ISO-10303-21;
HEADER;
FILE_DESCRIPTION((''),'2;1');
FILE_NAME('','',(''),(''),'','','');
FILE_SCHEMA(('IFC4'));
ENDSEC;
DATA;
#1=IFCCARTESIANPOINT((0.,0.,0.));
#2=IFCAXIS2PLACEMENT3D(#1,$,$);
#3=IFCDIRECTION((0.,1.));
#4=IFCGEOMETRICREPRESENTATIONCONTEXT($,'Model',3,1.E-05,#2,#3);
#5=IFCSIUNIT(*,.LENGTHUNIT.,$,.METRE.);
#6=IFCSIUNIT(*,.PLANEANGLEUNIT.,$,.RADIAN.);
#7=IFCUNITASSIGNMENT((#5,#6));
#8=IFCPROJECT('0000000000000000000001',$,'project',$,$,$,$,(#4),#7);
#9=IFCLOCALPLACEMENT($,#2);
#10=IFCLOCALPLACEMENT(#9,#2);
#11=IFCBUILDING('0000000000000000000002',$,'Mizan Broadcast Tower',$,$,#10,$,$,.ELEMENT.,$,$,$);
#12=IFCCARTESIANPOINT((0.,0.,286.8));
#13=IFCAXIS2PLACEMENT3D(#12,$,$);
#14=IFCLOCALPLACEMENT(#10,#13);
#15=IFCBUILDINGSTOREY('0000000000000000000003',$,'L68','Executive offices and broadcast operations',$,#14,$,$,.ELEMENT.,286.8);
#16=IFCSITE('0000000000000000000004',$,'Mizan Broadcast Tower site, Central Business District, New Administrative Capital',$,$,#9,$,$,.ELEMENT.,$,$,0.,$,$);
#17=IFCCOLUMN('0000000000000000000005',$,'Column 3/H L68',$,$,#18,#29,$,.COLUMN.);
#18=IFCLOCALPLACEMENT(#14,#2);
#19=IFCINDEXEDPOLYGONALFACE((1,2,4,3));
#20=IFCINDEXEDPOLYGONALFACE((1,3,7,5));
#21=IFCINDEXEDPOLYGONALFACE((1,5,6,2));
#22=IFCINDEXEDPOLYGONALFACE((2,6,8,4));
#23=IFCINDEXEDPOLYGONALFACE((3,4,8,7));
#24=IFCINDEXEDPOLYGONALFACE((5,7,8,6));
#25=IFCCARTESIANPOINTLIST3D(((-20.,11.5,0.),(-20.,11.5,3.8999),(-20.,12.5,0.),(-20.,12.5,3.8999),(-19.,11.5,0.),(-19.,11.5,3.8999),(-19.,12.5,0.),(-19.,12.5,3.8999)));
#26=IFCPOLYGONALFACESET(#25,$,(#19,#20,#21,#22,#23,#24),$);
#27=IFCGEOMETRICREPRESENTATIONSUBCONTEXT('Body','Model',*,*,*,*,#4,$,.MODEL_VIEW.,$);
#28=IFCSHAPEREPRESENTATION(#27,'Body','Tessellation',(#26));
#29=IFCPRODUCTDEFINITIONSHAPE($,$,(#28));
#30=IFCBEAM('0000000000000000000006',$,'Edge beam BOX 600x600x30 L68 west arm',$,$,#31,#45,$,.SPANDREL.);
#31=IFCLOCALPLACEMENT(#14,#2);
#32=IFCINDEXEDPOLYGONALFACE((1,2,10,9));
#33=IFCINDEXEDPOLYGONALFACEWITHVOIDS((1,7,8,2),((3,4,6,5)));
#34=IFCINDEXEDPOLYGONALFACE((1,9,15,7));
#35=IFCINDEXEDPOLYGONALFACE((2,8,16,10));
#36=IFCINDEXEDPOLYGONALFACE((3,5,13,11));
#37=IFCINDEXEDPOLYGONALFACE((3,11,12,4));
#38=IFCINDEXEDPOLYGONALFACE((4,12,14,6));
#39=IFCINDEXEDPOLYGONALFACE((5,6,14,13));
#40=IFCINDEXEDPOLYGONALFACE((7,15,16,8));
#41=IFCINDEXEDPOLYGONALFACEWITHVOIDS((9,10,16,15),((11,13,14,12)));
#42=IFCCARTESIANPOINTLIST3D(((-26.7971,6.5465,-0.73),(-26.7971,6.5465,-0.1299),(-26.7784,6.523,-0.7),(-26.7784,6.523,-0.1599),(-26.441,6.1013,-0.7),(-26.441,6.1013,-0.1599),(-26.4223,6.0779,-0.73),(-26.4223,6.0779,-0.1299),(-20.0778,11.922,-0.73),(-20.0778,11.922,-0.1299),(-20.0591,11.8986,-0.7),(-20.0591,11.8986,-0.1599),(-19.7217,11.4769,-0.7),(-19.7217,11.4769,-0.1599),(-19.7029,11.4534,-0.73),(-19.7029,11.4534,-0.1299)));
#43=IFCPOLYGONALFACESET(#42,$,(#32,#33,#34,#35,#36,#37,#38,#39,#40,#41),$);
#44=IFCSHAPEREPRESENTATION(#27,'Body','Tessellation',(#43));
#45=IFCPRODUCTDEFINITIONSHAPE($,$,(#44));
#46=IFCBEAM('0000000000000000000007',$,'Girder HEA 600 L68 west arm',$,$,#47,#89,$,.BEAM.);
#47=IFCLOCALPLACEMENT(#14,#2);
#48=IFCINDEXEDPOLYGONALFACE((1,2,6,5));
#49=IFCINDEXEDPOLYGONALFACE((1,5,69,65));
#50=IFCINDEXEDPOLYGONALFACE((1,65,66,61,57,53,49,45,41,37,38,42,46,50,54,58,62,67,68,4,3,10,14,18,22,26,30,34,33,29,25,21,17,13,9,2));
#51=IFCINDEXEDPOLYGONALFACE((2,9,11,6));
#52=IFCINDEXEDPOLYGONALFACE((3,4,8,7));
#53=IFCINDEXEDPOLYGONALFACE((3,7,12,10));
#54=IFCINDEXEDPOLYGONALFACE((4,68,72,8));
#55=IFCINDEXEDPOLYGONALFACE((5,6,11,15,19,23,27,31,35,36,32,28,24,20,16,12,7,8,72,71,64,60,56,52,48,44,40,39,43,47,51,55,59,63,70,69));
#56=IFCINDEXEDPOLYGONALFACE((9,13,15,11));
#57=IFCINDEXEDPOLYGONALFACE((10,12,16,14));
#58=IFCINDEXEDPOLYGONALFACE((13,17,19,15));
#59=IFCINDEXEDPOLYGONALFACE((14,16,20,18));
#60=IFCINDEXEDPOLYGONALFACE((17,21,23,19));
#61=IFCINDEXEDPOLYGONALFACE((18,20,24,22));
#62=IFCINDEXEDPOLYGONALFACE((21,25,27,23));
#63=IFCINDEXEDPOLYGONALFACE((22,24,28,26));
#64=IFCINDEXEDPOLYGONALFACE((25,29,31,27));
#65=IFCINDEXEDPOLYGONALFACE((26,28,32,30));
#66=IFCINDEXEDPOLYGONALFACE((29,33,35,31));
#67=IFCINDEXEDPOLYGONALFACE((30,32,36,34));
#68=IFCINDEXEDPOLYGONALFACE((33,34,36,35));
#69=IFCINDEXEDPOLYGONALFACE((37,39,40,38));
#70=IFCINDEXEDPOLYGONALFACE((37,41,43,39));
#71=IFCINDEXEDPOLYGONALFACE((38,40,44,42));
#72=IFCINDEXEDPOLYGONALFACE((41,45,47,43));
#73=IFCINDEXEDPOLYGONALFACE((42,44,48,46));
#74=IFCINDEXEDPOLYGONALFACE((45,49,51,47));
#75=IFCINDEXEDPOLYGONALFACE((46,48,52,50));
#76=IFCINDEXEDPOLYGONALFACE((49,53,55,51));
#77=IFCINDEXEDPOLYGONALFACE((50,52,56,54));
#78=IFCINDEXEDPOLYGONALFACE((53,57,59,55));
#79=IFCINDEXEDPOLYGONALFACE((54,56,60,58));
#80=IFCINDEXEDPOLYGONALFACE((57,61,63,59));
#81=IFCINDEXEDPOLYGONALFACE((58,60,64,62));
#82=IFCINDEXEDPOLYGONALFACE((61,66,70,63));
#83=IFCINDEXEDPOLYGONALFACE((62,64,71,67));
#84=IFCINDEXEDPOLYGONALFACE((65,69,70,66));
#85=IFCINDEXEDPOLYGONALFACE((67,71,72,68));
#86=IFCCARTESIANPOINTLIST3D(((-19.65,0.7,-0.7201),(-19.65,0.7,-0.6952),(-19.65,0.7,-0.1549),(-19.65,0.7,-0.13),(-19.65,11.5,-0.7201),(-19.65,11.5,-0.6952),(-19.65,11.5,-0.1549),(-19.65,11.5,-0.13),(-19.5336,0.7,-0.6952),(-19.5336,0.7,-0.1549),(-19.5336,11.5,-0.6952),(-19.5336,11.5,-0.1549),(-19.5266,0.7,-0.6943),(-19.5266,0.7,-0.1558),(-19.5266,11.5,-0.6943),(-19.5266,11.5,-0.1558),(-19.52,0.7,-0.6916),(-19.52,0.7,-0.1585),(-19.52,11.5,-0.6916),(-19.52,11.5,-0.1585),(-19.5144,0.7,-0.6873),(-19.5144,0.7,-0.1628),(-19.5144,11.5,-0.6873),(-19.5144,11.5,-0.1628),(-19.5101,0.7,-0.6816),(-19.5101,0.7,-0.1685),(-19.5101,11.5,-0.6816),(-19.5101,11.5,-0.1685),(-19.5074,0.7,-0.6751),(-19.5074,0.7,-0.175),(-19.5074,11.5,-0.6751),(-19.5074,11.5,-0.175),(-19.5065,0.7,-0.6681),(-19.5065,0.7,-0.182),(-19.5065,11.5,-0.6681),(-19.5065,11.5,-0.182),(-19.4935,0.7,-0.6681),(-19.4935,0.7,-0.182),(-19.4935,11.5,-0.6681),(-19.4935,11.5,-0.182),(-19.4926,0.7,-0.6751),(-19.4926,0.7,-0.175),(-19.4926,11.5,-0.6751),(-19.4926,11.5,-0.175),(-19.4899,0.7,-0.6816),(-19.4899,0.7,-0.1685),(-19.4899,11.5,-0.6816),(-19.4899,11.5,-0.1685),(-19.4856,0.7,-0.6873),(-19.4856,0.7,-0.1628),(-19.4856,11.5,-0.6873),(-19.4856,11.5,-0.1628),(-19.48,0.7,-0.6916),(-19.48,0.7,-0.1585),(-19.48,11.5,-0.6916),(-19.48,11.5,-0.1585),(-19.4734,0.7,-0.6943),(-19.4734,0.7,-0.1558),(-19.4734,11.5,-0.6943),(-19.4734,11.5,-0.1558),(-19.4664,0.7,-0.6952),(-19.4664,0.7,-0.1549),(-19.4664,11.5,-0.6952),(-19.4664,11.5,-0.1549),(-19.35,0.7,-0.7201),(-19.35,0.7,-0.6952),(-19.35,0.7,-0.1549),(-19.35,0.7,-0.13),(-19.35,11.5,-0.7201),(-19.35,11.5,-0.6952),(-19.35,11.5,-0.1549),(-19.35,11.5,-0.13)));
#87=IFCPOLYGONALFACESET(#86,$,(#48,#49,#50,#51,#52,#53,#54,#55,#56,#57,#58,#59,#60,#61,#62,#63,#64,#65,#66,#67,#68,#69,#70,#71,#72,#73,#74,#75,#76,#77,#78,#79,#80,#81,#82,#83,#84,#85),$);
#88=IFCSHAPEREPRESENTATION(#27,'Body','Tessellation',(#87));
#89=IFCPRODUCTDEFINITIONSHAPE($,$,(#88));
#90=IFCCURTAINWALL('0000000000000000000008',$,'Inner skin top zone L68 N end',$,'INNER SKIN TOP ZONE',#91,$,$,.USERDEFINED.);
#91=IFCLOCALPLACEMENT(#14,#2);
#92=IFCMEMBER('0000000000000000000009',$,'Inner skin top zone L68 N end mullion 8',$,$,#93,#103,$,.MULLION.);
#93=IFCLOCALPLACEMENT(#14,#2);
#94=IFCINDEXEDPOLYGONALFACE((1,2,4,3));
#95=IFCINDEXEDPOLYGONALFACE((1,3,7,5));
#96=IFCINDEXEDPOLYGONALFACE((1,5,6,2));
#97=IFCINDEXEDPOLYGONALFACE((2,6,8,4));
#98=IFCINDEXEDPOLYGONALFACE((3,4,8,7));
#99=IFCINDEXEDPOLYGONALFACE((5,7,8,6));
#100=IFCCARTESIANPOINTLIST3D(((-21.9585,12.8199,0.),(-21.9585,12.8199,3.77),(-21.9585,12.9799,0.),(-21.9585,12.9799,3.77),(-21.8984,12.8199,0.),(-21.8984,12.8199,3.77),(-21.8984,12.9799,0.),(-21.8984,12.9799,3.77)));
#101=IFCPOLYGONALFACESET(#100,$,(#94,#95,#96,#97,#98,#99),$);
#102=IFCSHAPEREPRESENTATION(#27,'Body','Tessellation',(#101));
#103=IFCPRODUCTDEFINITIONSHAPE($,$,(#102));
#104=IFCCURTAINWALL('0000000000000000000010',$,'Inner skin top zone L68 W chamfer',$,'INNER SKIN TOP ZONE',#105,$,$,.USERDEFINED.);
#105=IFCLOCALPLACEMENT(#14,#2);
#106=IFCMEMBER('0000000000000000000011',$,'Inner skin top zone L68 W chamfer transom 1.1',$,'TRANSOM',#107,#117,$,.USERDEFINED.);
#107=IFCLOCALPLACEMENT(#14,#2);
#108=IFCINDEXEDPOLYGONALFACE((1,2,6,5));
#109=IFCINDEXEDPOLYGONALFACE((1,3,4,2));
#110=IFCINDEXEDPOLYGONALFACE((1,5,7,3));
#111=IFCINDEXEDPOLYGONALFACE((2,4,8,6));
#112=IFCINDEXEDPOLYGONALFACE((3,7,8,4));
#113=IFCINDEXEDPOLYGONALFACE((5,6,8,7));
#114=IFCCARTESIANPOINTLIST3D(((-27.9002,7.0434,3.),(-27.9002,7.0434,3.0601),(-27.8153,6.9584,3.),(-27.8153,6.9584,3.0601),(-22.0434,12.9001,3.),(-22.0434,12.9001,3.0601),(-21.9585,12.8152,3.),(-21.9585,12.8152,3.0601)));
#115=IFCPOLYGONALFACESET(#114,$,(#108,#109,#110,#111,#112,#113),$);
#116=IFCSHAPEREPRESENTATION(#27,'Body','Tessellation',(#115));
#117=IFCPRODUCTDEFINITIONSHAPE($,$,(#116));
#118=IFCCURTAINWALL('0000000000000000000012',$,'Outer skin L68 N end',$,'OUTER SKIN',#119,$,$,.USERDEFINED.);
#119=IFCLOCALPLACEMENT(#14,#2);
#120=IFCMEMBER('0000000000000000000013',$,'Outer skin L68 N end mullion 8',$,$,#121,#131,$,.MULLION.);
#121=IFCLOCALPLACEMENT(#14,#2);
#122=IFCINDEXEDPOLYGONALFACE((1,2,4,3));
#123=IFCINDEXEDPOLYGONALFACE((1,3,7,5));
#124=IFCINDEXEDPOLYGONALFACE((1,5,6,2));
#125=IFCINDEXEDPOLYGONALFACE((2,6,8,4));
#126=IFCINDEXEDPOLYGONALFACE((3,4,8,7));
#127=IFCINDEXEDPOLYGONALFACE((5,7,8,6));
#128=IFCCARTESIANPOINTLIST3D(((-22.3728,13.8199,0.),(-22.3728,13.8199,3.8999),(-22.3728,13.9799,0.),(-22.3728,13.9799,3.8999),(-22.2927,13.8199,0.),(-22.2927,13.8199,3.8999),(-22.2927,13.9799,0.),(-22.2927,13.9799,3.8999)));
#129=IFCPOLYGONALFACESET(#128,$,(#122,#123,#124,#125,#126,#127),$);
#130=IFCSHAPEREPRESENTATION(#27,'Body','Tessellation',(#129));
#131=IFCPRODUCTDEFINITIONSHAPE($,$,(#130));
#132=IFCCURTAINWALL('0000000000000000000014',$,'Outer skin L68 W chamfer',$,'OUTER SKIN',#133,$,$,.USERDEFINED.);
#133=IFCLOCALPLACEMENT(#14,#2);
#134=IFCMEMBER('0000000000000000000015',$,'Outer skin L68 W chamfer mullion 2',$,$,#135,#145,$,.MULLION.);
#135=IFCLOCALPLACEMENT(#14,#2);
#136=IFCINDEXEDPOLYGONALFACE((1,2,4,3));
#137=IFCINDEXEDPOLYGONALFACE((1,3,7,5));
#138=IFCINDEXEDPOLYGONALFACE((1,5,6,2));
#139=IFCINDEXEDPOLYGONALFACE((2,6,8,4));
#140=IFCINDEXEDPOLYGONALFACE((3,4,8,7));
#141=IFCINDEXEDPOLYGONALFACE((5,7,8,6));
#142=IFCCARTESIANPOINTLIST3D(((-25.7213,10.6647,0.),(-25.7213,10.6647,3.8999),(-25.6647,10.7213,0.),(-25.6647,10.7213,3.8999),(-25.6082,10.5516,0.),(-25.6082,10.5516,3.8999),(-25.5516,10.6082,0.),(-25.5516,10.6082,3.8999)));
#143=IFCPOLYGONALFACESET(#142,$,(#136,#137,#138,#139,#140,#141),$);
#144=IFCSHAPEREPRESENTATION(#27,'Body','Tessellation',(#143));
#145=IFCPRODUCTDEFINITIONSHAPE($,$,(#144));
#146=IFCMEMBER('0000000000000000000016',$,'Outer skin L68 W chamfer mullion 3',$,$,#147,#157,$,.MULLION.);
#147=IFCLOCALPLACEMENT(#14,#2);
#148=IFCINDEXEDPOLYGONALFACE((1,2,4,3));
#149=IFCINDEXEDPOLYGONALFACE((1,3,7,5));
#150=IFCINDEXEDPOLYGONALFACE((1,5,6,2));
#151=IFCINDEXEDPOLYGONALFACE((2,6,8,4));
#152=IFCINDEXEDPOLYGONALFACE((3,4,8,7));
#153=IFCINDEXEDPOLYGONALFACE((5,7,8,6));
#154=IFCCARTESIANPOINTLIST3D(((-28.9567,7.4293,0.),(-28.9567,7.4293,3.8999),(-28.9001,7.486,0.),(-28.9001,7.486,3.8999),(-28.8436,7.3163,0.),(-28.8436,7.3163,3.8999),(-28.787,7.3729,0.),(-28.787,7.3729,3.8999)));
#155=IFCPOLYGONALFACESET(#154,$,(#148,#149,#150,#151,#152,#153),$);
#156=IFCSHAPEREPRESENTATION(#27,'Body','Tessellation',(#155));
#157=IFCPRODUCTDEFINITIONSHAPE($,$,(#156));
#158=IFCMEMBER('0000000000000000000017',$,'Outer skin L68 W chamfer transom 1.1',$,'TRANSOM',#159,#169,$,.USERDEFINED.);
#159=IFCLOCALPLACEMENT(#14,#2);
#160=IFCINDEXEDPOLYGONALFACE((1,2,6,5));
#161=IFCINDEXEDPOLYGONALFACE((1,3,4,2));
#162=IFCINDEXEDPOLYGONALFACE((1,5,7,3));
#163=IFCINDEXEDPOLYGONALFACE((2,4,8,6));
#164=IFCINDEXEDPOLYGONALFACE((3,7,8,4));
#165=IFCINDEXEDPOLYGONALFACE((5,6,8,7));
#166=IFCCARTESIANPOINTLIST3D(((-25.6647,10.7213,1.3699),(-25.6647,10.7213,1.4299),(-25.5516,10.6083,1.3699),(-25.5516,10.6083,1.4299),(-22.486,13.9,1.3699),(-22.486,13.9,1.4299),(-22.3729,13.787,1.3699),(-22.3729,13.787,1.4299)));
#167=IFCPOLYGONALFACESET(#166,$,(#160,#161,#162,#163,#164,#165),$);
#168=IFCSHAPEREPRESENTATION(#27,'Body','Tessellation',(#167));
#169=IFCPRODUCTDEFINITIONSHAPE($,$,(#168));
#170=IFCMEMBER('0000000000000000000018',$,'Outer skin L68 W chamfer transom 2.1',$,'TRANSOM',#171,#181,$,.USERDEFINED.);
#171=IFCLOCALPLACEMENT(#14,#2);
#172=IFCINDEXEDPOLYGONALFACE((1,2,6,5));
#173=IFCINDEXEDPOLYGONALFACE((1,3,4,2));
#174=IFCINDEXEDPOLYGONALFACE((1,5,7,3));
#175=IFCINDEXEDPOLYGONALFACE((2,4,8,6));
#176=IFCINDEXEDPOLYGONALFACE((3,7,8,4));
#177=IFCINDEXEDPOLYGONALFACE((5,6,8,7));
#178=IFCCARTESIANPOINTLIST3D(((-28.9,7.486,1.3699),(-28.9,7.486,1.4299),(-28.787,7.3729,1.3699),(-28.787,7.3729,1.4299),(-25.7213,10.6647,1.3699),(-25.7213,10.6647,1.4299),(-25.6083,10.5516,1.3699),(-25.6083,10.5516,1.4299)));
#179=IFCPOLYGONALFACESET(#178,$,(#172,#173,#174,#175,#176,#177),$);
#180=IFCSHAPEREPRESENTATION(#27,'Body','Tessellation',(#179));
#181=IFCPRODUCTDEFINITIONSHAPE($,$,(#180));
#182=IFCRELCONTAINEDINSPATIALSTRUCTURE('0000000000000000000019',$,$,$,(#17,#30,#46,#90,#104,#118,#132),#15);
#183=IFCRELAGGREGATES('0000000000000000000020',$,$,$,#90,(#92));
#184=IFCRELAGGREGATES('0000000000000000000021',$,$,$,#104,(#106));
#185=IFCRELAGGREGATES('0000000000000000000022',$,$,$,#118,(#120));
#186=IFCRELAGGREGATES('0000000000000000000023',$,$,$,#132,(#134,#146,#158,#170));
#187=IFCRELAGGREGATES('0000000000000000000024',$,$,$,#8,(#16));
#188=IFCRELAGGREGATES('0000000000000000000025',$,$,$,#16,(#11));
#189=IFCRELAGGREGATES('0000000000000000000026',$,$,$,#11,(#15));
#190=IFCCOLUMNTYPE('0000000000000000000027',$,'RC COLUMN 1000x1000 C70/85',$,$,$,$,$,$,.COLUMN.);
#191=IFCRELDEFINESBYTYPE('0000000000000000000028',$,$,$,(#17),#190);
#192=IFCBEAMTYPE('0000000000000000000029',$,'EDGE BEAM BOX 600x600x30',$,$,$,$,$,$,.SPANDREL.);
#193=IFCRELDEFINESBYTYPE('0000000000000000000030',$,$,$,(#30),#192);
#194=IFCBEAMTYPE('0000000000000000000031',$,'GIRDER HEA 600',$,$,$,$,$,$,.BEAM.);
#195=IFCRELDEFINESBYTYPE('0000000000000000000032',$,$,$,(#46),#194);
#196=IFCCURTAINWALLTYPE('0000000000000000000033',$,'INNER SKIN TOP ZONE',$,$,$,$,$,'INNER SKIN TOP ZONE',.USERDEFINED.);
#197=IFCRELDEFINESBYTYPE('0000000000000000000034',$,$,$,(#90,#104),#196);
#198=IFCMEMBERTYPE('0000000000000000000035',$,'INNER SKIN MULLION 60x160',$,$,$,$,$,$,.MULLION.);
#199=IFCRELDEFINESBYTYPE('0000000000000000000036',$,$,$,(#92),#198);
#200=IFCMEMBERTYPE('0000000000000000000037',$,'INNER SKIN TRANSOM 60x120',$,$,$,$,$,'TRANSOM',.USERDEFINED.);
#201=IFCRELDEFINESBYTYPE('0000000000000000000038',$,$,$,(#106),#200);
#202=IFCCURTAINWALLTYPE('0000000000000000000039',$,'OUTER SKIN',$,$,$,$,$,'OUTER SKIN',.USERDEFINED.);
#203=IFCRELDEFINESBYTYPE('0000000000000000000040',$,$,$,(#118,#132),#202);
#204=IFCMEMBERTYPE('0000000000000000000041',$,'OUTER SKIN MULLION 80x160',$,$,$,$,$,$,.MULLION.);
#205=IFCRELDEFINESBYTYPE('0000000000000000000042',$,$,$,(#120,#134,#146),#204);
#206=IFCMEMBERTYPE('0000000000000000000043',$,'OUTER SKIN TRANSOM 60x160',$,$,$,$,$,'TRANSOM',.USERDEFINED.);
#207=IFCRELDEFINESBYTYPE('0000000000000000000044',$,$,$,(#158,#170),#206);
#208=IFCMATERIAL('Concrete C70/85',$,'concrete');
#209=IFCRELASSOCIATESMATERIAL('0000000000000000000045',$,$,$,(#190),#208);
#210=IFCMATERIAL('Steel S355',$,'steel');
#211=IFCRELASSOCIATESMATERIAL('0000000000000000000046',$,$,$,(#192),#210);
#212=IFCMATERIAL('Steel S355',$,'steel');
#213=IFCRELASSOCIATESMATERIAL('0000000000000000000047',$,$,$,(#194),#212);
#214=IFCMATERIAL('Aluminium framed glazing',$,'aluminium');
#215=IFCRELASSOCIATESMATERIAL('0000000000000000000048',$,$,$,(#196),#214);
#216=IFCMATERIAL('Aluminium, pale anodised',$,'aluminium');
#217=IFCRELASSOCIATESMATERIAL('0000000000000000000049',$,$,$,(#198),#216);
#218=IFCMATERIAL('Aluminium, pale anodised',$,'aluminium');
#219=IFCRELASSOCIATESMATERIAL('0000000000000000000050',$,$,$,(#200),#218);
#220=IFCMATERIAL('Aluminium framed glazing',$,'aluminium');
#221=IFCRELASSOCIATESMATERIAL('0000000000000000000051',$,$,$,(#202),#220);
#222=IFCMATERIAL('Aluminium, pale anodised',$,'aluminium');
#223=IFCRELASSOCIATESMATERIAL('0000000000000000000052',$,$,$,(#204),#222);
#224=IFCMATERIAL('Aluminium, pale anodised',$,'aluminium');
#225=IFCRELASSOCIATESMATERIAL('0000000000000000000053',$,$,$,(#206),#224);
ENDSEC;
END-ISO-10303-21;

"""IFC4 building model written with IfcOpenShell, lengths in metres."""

from ifc_helpers import new_model, si_unit, direction, frame, origin, origin_2d, place, context, subcontext, project, spatial, rectangle, hollow_rectangle, i_section, extrude, material, material_profile, profile_set, type_object, element, aggregate, save


model = new_model("IFC4")

# Units and contexts
model_context = context("Model", 3, precision=1e-05, world=origin(), true_north=direction((0.0, 1.0)))
body_context = subcontext(model_context, "Body", "Model", "MODEL_VIEW")
ifc_project = project(units=[si_unit("LENGTHUNIT", "METRE"), si_unit("PLANEANGLEUNIT", "RADIAN")], contexts=[model_context])

# Site, building, storey
site_placement = place(None, origin())
site = spatial("IfcSite", under=ifc_project, at=site_placement, Name="Mizan Broadcast Tower site, Central Business District, New Administrative Capital", CompositionType="ELEMENT", RefElevation=0.0)
building_placement = place(site_placement, origin())
building = spatial("IfcBuilding", under=site, at=building_placement, Name="Mizan Broadcast Tower", CompositionType="ELEMENT")
storey_placement = place(building_placement, frame((0.0, 0.0, 286.8)))
storey = spatial("IfcBuildingStorey", under=building, at=storey_placement, Name="L68", Description="Executive offices and broadcast operations", CompositionType="ELEMENT", Elevation=286.8)

# Column
ifc_material_1 = material(Name="Concrete C70/85", Category="concrete")
ifc_material_profile_1 = material_profile(ifc_material_1, rectangle(XDim=1.0, YDim=1.0, at=origin_2d()), Name="RC 1000x1000")
ifc_profile_set_1 = profile_set([ifc_material_profile_1], Name="Concrete C70/85")
column_type = type_object("IfcColumnType", Name="RC COLUMN 1000x1000 C70/85", PredefinedType="COLUMN", material=ifc_profile_set_1)
column_placement = place(storey_placement, frame((-19.5, 12.0, 0.0), z_axis=(0.0, 0.0, 1.0), x_axis=(1.0, 0.0, 0.0)))
element("IfcColumn", 1, at=column_placement, inside=storey, type_object=column_type, Name="Column 3/H L68", PredefinedType="COLUMN", context=body_context, shape_type="SweptSolid", body=[
    extrude(rectangle(XDim=1.0, YDim=1.0, at=origin_2d()), origin(), (0.0, 0.0, 1.0), 3.8999),
])

# Beams
ifc_material_2 = material(Name="Steel S355", Category="steel")
ifc_material_profile_2 = material_profile(ifc_material_2, hollow_rectangle(XDim=0.6001, YDim=0.6001, WallThickness=0.03, at=origin_2d()), Name="BOX 600x600x30")
ifc_profile_set_2 = profile_set([ifc_material_profile_2], Name="Steel S355")
beam_type_1 = type_object("IfcBeamType", Name="EDGE BEAM BOX 600x600x30", PredefinedType="SPANDREL", material=ifc_profile_set_2)
beam_1_placement = place(storey_placement, frame((-19.8904, 11.6877, -0.4299), z_axis=(-0.780863, -0.624702, 0.0), x_axis=(0.624702, -0.780863, 0.0)))
element("IfcBeam", 2, at=beam_1_placement, inside=storey, type_object=beam_type_1, Name="Edge beam BOX 600x600x30 L68 west arm", PredefinedType="SPANDREL", context=body_context, shape_type="SweptSolid", body=[
    extrude(hollow_rectangle(XDim=0.6001, YDim=0.6001, WallThickness=0.03, at=origin_2d()), origin(), (0.0, 0.0, 1.0), 8.605),
])
ifc_material_3 = material(Name="Steel S355", Category="steel")
ifc_material_profile_3 = material_profile(ifc_material_3, i_section(OverallWidth=0.3, OverallDepth=0.5901, WebThickness=0.0129, FlangeThickness=0.0249, FilletRadius=0.0271, at=origin_2d()), Name="HEA 600")
ifc_profile_set_3 = profile_set([ifc_material_profile_3], Name="Steel S355")
beam_type_2 = type_object("IfcBeamType", Name="GIRDER HEA 600", PredefinedType="BEAM", material=ifc_profile_set_3)
beam_2_placement = place(storey_placement, frame((-19.5, 11.5, -0.425), z_axis=(0.0, -1.0, 0.0), x_axis=(1.0, 0.0, 0.0)))
element("IfcBeam", 3, at=beam_2_placement, inside=storey, type_object=beam_type_2, Name="Girder HEA 600 L68 west arm", PredefinedType="BEAM", context=body_context, shape_type="SweptSolid", body=[
    extrude(i_section(OverallWidth=0.3, OverallDepth=0.5901, WebThickness=0.0129, FlangeThickness=0.0249, FilletRadius=0.0271, at=origin_2d()), origin(), (0.0, 0.0, 1.0), 10.8),
])

# Curtain walls, members
ifc_material_4 = material(Name="Aluminium framed glazing", Category="aluminium")
curtain_wall_type_1 = type_object("IfcCurtainWallType", Name="INNER SKIN TOP ZONE", ElementType="INNER SKIN TOP ZONE", PredefinedType="USERDEFINED", material=ifc_material_4)
curtain_wall_1_placement = place(storey_placement, origin())
curtain_wall_1 = element("IfcCurtainWall", 4, at=curtain_wall_1_placement, inside=storey, type_object=curtain_wall_type_1, Name="Inner skin top zone L68 N end", ObjectType="INNER SKIN TOP ZONE", PredefinedType="USERDEFINED")
ifc_material_5 = material(Name="Aluminium, pale anodised", Category="aluminium")
ifc_material_profile_4 = material_profile(ifc_material_5, rectangle(XDim=0.1599, YDim=0.0601, at=origin_2d()), Name="MULLION 160x60")
ifc_profile_set_4 = profile_set([ifc_material_profile_4], Name="Aluminium, pale anodised")
member_type_1 = type_object("IfcMemberType", Name="INNER SKIN MULLION 60x160", PredefinedType="MULLION", material=ifc_profile_set_4)
member_1_placement = place(storey_placement, frame((-21.9285, 12.8999, 0.0), z_axis=(0.0, 0.0, 1.0), x_axis=(0.0, -1.0, 0.0)))
member_1 = element("IfcMember", 5, at=member_1_placement, type_object=member_type_1, Name="Inner skin top zone L68 N end mullion 8", PredefinedType="MULLION", context=body_context, shape_type="SweptSolid", body=[
    extrude(rectangle(XDim=0.1599, YDim=0.0601, at=origin_2d()), origin(), (0.0, 0.0, 1.0), 3.77),
])
curtain_wall_2_placement = place(storey_placement, origin())
curtain_wall_2 = element("IfcCurtainWall", 6, at=curtain_wall_2_placement, inside=storey, type_object=curtain_wall_type_1, Name="Inner skin top zone L68 W chamfer", ObjectType="INNER SKIN TOP ZONE", PredefinedType="USERDEFINED")
ifc_material_6 = material(Name="Aluminium, pale anodised", Category="aluminium")
ifc_material_profile_5 = material_profile(ifc_material_6, rectangle(XDim=0.1201, YDim=0.0601, at=origin_2d()), Name="TRANSOM 120x60")
ifc_profile_set_5 = profile_set([ifc_material_profile_5], Name="Aluminium, pale anodised")
member_type_2 = type_object("IfcMemberType", Name="INNER SKIN TRANSOM 60x120", ElementType="TRANSOM", PredefinedType="USERDEFINED", material=ifc_profile_set_5)
member_2_placement = place(storey_placement, frame((-22.001, 12.8577, 3.03), z_axis=(-0.707107, -0.707107, 0.0), x_axis=(0.707107, -0.707107, 0.0)))
member_2 = element("IfcMember", 7, at=member_2_placement, type_object=member_type_2, Name="Inner skin top zone L68 W chamfer transom 1.1", ObjectType="TRANSOM", PredefinedType="USERDEFINED", context=body_context, shape_type="SweptSolid", body=[
    extrude(rectangle(XDim=0.1201, YDim=0.0601, at=origin_2d()), origin(), (0.0, 0.0, 1.0), 8.2827),
])
ifc_material_7 = material(Name="Aluminium framed glazing", Category="aluminium")
curtain_wall_type_2 = type_object("IfcCurtainWallType", Name="OUTER SKIN", ElementType="OUTER SKIN", PredefinedType="USERDEFINED", material=ifc_material_7)
curtain_wall_3_placement = place(storey_placement, origin())
curtain_wall_3 = element("IfcCurtainWall", 8, at=curtain_wall_3_placement, inside=storey, type_object=curtain_wall_type_2, Name="Outer skin L68 N end", ObjectType="OUTER SKIN", PredefinedType="USERDEFINED")
ifc_material_8 = material(Name="Aluminium, pale anodised", Category="aluminium")
ifc_material_profile_6 = material_profile(ifc_material_8, rectangle(XDim=0.1599, YDim=0.0801, at=origin_2d()), Name="MULLION 160x80")
ifc_profile_set_6 = profile_set([ifc_material_profile_6], Name="Aluminium, pale anodised")
member_type_3 = type_object("IfcMemberType", Name="OUTER SKIN MULLION 80x160", PredefinedType="MULLION", material=ifc_profile_set_6)
member_3_placement = place(storey_placement, frame((-22.3328, 13.8999, 0.0), z_axis=(0.0, 0.0, 1.0), x_axis=(0.0, -1.0, 0.0)))
member_3 = element("IfcMember", 9, at=member_3_placement, type_object=member_type_3, Name="Outer skin L68 N end mullion 8", PredefinedType="MULLION", context=body_context, shape_type="SweptSolid", body=[
    extrude(rectangle(XDim=0.1599, YDim=0.0801, at=origin_2d()), origin(), (0.0, 0.0, 1.0), 3.8999),
])

# Curtain wall, members
curtain_wall_4_placement = place(storey_placement, origin())
curtain_wall_4 = element("IfcCurtainWall", 10, at=curtain_wall_4_placement, inside=storey, type_object=curtain_wall_type_2, Name="Outer skin L68 W chamfer", ObjectType="OUTER SKIN", PredefinedType="USERDEFINED")
member_4_placement = place(storey_placement, frame((-25.6365, 10.6365, 0.0), z_axis=(0.0, 0.0, 1.0), x_axis=(0.707107, -0.707107, 0.0)))
member_4 = element("IfcMember", 11, at=member_4_placement, type_object=member_type_3, Name="Outer skin L68 W chamfer mullion 2", PredefinedType="MULLION", context=body_context, shape_type="SweptSolid", body=[
    extrude(rectangle(XDim=0.1599, YDim=0.0801, at=origin_2d()), origin(), (0.0, 0.0, 1.0), 3.8999),
])
member_5_placement = place(storey_placement, frame((-28.8718, 7.4011, 0.0), z_axis=(0.0, 0.0, 1.0), x_axis=(0.707107, -0.707107, 0.0)))
member_5 = element("IfcMember", 12, at=member_5_placement, type_object=member_type_3, Name="Outer skin L68 W chamfer mullion 3", PredefinedType="MULLION", context=body_context, shape_type="SweptSolid", body=[
    extrude(rectangle(XDim=0.1599, YDim=0.0801, at=origin_2d()), origin(), (0.0, 0.0, 1.0), 3.8999),
])
ifc_material_9 = material(Name="Aluminium, pale anodised", Category="aluminium")
ifc_material_profile_7 = material_profile(ifc_material_9, rectangle(XDim=0.1599, YDim=0.0601, at=origin_2d()), Name="TRANSOM 160x60")
ifc_profile_set_7 = profile_set([ifc_material_profile_7], Name="Aluminium, pale anodised")
member_type_4 = type_object("IfcMemberType", Name="OUTER SKIN TRANSOM 60x160", ElementType="TRANSOM", PredefinedType="USERDEFINED", material=ifc_profile_set_7)
member_6_placement = place(storey_placement, frame((-22.4294, 13.8435, 1.3999), z_axis=(-0.707107, -0.707107, 0.0), x_axis=(0.707107, -0.707107, 0.0)))
member_6 = element("IfcMember", 13, at=member_6_placement, type_object=member_type_4, Name="Outer skin L68 W chamfer transom 1.1", ObjectType="TRANSOM", PredefinedType="USERDEFINED", context=body_context, shape_type="SweptSolid", body=[
    extrude(rectangle(XDim=0.1599, YDim=0.0601, at=origin_2d()), origin(), (0.0, 0.0, 1.0), 4.4954),
])
member_7_placement = place(storey_placement, frame((-25.6648, 10.6082, 1.3999), z_axis=(-0.707107, -0.707107, 0.0), x_axis=(0.707107, -0.707107, 0.0)))
member_7 = element("IfcMember", 14, at=member_7_placement, type_object=member_type_4, Name="Outer skin L68 W chamfer transom 2.1", ObjectType="TRANSOM", PredefinedType="USERDEFINED", context=body_context, shape_type="SweptSolid", body=[
    extrude(rectangle(XDim=0.1599, YDim=0.0601, at=origin_2d()), origin(), (0.0, 0.0, 1.0), 4.4954),
])

aggregate(curtain_wall_1, [member_1])
aggregate(curtain_wall_2, [member_2])
aggregate(curtain_wall_3, [member_3])
aggregate(curtain_wall_4, [member_4, member_5, member_6, member_7])

save(model, "model.ifc")
